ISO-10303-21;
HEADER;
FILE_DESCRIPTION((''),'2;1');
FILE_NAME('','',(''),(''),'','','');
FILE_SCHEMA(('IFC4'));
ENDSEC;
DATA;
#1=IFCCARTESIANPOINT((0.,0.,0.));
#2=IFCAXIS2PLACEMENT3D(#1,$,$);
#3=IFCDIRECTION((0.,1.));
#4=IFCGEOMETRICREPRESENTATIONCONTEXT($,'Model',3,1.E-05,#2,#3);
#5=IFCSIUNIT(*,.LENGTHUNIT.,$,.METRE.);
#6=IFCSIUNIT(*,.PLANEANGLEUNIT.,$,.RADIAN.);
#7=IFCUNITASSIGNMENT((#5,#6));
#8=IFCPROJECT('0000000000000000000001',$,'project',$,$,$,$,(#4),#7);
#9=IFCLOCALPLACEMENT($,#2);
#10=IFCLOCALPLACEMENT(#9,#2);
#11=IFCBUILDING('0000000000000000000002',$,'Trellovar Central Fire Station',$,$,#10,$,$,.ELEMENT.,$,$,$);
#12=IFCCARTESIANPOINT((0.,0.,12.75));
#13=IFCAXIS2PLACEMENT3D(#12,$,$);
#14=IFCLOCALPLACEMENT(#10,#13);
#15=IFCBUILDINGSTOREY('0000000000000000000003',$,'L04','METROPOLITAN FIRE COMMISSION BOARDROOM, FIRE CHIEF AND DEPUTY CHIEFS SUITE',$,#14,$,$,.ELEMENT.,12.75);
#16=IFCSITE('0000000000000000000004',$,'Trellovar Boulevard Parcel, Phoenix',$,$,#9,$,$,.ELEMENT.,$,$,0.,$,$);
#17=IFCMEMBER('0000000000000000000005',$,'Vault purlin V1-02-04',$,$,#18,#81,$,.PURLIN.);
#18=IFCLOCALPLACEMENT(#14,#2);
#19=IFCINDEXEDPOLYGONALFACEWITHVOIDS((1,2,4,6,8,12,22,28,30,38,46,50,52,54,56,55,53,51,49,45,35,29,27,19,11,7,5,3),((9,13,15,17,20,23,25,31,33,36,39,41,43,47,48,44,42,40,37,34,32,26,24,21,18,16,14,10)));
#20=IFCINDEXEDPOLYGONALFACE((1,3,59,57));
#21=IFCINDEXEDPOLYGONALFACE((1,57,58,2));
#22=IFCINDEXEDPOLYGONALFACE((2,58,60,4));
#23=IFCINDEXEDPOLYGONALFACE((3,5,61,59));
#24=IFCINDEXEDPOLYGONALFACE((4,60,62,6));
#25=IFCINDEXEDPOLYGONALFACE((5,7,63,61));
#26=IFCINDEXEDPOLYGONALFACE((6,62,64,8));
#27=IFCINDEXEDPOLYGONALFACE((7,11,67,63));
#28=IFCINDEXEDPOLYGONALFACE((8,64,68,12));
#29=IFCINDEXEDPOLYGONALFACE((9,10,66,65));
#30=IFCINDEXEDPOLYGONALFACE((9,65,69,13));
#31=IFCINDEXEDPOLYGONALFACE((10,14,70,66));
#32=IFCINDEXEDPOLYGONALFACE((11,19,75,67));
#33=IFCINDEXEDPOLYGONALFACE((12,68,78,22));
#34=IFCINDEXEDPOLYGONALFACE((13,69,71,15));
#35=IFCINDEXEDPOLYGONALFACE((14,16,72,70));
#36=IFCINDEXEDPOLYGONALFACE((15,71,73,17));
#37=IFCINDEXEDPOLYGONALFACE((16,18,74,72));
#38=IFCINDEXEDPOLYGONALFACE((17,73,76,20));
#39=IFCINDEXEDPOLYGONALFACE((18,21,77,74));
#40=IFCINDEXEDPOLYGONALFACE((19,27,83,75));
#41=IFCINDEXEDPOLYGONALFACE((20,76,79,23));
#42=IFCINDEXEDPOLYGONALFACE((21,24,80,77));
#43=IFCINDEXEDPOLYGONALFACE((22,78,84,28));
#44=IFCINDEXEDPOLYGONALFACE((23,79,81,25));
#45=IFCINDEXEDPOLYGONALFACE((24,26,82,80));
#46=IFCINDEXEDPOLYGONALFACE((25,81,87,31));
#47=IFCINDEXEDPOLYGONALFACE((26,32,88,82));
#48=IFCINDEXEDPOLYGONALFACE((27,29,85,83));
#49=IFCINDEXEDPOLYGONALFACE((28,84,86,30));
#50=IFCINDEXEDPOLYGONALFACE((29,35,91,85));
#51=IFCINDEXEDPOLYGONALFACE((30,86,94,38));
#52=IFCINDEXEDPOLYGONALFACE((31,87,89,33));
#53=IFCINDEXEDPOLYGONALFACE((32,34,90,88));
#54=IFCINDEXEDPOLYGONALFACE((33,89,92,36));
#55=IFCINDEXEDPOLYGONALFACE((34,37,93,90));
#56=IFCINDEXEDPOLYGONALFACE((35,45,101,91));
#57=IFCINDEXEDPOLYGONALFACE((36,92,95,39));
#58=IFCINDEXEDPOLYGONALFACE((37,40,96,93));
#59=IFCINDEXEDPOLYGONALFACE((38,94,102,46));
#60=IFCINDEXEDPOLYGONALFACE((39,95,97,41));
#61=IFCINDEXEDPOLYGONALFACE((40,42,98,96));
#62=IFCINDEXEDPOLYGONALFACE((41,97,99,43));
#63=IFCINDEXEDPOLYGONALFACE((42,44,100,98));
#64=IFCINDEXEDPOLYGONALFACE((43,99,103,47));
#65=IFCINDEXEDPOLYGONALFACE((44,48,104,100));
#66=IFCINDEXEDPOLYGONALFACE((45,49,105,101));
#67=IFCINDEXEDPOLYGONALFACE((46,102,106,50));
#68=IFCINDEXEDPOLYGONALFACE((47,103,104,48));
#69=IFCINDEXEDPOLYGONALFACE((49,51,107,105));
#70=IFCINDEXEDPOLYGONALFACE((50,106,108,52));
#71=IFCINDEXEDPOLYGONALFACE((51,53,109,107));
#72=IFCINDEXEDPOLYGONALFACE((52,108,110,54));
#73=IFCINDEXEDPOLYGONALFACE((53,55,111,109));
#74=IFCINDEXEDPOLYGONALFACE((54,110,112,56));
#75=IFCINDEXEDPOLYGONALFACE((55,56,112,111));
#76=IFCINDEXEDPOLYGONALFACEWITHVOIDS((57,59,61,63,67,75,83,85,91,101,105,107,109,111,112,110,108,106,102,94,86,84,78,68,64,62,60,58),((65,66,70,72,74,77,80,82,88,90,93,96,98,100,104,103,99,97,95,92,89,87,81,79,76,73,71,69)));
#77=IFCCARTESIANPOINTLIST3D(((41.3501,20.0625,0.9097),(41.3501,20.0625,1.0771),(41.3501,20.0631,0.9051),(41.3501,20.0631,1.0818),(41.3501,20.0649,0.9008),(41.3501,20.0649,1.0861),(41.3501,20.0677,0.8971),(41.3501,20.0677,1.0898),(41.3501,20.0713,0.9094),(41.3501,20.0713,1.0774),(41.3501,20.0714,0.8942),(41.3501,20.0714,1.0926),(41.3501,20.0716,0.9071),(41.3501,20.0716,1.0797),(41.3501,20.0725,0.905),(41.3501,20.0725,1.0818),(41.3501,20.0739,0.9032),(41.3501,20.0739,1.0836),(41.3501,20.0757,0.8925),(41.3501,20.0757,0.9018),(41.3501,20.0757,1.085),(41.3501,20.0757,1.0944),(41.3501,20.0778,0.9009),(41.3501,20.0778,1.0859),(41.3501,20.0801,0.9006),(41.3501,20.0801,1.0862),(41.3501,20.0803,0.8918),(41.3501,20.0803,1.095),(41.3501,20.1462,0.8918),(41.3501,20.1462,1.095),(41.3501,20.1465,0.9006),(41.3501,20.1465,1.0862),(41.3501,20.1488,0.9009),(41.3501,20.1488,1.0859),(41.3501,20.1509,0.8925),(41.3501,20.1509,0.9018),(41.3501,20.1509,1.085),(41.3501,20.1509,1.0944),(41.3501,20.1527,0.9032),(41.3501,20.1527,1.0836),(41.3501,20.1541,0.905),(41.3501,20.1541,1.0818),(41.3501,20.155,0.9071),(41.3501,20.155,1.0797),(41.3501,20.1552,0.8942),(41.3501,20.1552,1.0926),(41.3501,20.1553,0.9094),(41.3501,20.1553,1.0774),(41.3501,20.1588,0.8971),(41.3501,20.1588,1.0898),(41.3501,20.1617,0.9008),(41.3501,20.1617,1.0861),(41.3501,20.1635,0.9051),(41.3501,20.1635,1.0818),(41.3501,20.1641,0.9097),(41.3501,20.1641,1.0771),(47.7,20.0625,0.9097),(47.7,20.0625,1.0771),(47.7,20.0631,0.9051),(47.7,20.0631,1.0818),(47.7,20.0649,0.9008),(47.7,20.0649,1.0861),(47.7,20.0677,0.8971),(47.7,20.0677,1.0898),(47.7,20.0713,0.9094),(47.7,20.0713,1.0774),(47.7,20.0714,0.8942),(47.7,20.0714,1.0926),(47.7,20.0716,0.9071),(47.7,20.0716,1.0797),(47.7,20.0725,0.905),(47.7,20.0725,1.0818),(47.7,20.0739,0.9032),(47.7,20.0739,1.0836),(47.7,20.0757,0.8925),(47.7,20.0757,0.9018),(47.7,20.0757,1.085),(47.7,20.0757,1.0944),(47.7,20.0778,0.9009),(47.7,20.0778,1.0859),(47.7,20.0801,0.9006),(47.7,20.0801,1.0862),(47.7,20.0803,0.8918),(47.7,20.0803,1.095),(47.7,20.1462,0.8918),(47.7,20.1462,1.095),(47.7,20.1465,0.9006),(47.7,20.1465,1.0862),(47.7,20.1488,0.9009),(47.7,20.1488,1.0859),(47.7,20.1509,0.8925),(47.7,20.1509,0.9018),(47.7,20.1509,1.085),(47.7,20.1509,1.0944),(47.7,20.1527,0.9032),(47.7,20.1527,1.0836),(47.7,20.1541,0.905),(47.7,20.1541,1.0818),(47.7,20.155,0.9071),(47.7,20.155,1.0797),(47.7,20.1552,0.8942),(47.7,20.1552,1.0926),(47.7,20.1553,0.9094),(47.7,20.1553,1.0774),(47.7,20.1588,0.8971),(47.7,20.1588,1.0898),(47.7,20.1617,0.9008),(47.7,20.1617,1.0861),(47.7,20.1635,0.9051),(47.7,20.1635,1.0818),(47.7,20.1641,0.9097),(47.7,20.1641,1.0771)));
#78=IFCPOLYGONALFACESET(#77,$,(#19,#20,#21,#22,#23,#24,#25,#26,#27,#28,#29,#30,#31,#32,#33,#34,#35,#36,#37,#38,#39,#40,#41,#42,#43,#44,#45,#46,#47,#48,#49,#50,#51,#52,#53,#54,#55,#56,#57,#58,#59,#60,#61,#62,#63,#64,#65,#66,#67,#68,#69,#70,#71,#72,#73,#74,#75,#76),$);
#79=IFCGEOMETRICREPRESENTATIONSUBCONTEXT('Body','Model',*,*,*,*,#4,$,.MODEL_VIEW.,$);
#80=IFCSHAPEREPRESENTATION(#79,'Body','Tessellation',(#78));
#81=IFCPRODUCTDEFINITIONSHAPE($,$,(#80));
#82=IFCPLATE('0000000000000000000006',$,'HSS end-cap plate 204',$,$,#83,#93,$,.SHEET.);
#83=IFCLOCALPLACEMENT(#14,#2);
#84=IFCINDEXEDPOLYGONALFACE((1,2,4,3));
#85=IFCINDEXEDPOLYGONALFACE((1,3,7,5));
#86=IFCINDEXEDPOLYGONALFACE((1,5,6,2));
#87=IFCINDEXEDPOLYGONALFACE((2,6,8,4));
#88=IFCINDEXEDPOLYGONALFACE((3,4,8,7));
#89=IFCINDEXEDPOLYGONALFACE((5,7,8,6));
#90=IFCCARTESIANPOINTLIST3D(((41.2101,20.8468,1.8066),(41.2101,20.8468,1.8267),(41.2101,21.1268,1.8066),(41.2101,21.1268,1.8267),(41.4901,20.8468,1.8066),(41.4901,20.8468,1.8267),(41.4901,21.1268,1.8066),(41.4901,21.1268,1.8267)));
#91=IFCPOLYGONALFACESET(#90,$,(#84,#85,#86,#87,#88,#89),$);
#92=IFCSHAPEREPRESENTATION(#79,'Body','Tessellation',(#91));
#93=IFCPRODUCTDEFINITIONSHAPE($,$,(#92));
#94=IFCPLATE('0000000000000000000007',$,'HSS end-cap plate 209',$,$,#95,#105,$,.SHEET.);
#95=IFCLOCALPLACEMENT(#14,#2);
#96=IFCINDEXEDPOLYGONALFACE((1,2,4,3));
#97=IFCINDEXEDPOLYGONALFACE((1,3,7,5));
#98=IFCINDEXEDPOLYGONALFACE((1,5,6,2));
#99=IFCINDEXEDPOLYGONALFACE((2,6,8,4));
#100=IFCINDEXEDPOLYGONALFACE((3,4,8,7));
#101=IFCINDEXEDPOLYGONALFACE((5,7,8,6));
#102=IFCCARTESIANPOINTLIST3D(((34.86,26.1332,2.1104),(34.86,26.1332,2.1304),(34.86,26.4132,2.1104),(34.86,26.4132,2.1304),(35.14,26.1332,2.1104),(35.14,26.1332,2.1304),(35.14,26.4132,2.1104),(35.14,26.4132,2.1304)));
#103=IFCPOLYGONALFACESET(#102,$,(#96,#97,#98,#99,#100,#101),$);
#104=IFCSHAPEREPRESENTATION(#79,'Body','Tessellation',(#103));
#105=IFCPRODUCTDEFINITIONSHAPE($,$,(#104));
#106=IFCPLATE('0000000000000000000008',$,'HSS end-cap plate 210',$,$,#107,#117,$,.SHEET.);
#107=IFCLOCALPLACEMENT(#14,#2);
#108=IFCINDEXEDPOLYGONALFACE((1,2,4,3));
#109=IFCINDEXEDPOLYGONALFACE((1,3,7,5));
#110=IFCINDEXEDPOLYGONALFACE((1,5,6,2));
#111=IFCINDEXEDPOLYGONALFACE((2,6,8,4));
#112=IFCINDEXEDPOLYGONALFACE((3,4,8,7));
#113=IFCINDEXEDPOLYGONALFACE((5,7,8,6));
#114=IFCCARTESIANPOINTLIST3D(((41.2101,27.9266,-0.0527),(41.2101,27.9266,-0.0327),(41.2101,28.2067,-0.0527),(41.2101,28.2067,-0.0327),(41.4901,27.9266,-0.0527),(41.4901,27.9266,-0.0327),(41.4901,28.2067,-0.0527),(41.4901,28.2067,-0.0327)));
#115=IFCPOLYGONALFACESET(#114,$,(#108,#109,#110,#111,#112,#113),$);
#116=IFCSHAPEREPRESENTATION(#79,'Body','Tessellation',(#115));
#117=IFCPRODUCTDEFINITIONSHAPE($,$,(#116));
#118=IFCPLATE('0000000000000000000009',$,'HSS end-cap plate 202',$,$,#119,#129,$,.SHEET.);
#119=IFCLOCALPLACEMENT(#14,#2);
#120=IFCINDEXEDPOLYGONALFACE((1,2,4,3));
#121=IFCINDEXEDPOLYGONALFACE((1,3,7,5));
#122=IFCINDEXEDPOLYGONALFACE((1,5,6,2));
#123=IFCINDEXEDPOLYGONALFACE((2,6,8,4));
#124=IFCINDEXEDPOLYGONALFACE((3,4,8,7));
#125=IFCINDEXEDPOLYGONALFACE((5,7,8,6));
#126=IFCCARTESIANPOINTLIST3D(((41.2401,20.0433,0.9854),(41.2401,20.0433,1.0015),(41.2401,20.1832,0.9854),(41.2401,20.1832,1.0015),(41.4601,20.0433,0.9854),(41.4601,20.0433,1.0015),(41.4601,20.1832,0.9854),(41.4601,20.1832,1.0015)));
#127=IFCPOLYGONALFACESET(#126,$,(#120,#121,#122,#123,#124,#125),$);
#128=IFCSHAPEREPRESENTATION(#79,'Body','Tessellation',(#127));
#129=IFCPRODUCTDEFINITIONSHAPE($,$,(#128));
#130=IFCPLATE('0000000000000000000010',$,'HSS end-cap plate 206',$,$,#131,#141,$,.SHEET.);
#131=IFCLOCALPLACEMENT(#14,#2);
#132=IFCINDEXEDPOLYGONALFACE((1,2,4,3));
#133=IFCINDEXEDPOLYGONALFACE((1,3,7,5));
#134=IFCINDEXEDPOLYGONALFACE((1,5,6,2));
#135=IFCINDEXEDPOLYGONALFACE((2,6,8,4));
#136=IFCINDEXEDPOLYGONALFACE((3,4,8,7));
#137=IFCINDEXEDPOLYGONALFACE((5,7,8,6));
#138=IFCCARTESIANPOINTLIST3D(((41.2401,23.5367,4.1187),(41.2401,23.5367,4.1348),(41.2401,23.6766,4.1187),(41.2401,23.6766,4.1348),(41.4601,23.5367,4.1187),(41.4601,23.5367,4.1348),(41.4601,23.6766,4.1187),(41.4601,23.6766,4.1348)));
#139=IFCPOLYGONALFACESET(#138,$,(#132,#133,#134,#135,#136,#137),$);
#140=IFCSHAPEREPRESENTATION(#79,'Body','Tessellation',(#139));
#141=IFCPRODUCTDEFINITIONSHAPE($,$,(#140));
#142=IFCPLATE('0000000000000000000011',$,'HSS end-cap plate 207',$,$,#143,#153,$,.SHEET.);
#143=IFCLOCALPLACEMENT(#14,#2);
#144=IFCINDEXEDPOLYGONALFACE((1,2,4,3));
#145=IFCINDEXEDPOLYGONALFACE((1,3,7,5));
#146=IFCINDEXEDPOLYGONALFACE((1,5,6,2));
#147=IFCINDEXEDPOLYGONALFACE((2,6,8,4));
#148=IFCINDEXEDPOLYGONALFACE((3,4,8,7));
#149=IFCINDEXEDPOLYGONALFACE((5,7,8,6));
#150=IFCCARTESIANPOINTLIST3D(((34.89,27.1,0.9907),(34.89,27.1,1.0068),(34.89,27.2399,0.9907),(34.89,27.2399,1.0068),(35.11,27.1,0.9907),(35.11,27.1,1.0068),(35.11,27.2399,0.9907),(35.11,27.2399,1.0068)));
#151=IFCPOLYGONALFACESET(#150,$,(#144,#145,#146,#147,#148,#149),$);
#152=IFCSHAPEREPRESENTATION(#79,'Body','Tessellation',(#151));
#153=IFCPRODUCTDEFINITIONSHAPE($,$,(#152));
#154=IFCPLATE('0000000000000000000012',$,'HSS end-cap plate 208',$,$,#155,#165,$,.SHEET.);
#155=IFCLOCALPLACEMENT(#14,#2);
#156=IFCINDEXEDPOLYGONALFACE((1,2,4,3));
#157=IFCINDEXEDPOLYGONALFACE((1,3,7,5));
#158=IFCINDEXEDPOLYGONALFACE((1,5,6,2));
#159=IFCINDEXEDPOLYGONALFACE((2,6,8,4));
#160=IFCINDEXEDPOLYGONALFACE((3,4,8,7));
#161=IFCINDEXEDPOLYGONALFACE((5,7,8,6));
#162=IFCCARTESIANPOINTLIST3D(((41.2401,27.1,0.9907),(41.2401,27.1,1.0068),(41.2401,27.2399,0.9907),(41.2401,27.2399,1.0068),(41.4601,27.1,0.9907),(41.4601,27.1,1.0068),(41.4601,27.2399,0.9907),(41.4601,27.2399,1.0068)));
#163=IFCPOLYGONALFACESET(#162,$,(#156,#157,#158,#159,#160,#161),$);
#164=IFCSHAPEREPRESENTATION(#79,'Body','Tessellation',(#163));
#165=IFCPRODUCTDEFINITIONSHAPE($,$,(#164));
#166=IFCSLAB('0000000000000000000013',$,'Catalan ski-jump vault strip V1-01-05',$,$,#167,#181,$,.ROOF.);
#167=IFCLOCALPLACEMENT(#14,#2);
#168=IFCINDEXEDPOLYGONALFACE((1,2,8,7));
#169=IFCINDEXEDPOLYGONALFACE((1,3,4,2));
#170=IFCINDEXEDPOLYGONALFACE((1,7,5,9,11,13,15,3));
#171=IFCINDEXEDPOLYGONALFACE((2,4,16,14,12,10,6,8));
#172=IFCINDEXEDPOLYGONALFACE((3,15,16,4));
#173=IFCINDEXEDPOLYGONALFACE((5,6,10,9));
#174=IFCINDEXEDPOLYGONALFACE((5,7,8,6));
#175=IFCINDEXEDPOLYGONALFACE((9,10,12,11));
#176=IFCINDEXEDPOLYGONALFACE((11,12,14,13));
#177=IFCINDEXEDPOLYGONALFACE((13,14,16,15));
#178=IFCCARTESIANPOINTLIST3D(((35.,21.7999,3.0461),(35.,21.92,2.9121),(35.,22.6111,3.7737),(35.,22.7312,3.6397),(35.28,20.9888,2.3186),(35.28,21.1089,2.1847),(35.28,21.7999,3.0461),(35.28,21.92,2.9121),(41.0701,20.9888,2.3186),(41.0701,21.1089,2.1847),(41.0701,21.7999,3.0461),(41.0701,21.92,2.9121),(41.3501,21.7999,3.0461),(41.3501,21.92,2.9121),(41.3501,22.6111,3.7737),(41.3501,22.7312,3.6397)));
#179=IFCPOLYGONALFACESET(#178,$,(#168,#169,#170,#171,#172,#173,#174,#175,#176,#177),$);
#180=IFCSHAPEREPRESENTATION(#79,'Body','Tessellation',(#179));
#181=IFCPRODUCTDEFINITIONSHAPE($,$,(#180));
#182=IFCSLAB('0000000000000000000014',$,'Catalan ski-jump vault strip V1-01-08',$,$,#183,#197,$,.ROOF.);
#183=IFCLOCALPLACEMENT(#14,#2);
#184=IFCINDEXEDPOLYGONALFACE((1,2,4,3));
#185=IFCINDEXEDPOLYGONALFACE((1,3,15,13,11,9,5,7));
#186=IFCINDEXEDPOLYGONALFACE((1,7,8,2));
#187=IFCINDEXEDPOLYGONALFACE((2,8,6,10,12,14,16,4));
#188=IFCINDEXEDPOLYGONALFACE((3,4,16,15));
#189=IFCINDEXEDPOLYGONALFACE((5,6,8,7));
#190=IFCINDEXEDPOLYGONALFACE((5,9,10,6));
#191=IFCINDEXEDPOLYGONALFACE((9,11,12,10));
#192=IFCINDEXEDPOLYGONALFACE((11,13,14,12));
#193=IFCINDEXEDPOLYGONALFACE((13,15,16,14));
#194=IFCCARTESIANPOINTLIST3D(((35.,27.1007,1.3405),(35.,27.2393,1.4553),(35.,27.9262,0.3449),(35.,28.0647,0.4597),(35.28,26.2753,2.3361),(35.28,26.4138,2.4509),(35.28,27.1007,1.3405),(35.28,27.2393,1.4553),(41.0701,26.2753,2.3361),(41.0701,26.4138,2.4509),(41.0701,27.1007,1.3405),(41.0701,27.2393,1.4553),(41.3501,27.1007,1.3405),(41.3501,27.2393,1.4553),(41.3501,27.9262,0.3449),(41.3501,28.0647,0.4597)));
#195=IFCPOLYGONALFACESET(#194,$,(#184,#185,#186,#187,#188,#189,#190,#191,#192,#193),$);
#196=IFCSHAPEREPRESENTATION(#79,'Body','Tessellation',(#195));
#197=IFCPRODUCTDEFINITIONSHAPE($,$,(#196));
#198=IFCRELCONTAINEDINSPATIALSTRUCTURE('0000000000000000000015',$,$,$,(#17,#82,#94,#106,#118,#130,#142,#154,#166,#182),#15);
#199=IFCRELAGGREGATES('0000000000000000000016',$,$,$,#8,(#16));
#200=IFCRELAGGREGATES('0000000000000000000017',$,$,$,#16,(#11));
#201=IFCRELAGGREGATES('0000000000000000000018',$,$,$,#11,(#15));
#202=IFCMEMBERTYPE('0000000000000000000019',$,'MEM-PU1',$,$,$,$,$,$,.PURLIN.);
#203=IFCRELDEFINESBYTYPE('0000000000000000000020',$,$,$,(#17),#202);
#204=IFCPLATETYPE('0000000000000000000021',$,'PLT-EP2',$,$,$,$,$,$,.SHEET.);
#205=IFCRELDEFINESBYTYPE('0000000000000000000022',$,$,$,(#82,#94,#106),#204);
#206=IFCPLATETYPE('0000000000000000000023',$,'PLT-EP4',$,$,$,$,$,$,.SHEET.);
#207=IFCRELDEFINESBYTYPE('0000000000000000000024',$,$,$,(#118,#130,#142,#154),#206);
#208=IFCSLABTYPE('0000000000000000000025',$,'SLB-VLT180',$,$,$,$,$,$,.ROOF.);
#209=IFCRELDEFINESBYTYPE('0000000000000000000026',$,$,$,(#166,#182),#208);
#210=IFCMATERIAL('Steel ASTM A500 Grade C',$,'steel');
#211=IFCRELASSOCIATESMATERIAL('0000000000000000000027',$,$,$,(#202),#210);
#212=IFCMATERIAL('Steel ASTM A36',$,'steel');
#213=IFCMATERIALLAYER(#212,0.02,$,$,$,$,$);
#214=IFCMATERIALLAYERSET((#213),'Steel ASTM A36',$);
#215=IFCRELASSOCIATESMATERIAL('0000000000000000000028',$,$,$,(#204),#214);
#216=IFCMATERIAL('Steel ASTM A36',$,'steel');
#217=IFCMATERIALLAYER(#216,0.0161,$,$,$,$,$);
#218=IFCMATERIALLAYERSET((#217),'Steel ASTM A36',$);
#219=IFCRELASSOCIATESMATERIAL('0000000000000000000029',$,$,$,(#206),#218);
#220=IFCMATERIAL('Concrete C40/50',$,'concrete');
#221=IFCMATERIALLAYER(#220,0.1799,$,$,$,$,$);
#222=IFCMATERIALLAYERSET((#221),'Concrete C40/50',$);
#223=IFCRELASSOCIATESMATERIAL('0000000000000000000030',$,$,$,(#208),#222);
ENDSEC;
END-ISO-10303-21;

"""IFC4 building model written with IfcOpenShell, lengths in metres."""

from ifc_helpers import new_model, si_unit, direction, frame, origin, origin_2d, place, context, subcontext, project, spatial, polyline, rectangle, hollow_rectangle, outline, extrude, material, layer, layer_set, material_profile, profile_set, type_object, element, save


model = new_model("IFC4")

# Units and contexts
model_context = context("Model", 3, precision=1e-05, world=origin(), true_north=direction((0.0, 1.0)))
body_context = subcontext(model_context, "Body", "Model", "MODEL_VIEW")
ifc_project = project(units=[si_unit("LENGTHUNIT", "METRE"), si_unit("PLANEANGLEUNIT", "RADIAN")], contexts=[model_context])

# Site, building, storey
site_placement = place(None, origin())
site = spatial("IfcSite", under=ifc_project, at=site_placement, Name="Trellovar Boulevard Parcel, Phoenix", CompositionType="ELEMENT", RefElevation=0.0)
building_placement = place(site_placement, origin())
building = spatial("IfcBuilding", under=site, at=building_placement, Name="Trellovar Central Fire Station", CompositionType="ELEMENT")
storey_placement = place(building_placement, frame((0.0, 0.0, 12.75)))
storey = spatial("IfcBuildingStorey", under=building, at=storey_placement, Name="L04", Description="METROPOLITAN FIRE COMMISSION BOARDROOM, FIRE CHIEF AND DEPUTY CHIEFS SUITE", CompositionType="ELEMENT", Elevation=12.75)

# Member
ifc_material_1 = material(Name="Steel ASTM A500 Grade C", Category="steel")
ifc_material_profile_1 = material_profile(ifc_material_1, hollow_rectangle(XDim=0.1016, YDim=0.2031, WallThickness=0.0088, InnerFilletRadius=0.0088, OuterFilletRadius=0.0178, at=origin_2d()), Name="HSS8X4X3/8")
ifc_profile_set_1 = profile_set([ifc_material_profile_1], Name="Steel ASTM A500 Grade C")
member_type_1 = type_object("IfcMemberType", Name="MEM-PU1", PredefinedType="PURLIN", material=ifc_profile_set_1)
member_1_placement = place(storey_placement, frame((41.3501, 20.1133, 0.9934), z_axis=(1.0, 0.0, 0.0), x_axis=(0.0, 1.0, 0.0)))
element("IfcMember", 1, at=member_1_placement, inside=storey, type_object=member_type_1, Name="Vault purlin V1-02-04", PredefinedType="PURLIN", context=body_context, shape_type="SweptSolid", body=[
    extrude(hollow_rectangle(XDim=0.1016, YDim=0.2031, WallThickness=0.0088, InnerFilletRadius=0.0088, OuterFilletRadius=0.0178, at=origin_2d()), origin(), (0.0, 0.0, 1.0), 6.3499),
])

# Plates
ifc_material_2 = material(Name="Steel ASTM A36", Category="steel")
ifc_layer_1 = layer(ifc_material_2, 0.02)
ifc_layer_set_1 = layer_set([ifc_layer_1], Name="Steel ASTM A36")
plate_type_1 = type_object("IfcPlateType", Name="PLT-EP2", PredefinedType="SHEET", material=ifc_layer_set_1)
for number, where, z_axis, x_axis, name in (
    (2, (41.3501, 20.9868, 1.8066), (0.0, 0.0, 1.0), (1.0, 0.0, 0.0), "HSS end-cap plate 204"),
    (3, (35.0, 26.2732, 2.1104), (0.0, 0.0, 1.0), (1.0, 0.0, 0.0), "HSS end-cap plate 209"),
    (4, (41.3501, 28.0667, -0.0527), (0.0, 0.0, 1.0), (1.0, 0.0, 0.0), "HSS end-cap plate 210"),
):
    element("IfcPlate", number, at=place(storey_placement, frame(where, z_axis=z_axis, x_axis=x_axis)), inside=storey, type_object=plate_type_1, Name=name, PredefinedType="SHEET", context=body_context, shape_type="SweptSolid", body=[
        extrude(rectangle(XDim=0.28, YDim=0.28, at=origin_2d()), origin(), (0.0, 0.0, 1.0), 0.02),
    ])
ifc_material_3 = material(Name="Steel ASTM A36", Category="steel")
ifc_layer_2 = layer(ifc_material_3, 0.0161)
ifc_layer_set_2 = layer_set([ifc_layer_2], Name="Steel ASTM A36")
plate_type_2 = type_object("IfcPlateType", Name="PLT-EP4", PredefinedType="SHEET", material=ifc_layer_set_2)
for number, where, z_axis, x_axis, name in (
    (5, (41.3501, 20.1133, 0.9854), (0.0, 0.0, 1.0), (1.0, 0.0, 0.0), "HSS end-cap plate 202"),
    (6, (41.3501, 23.6067, 4.1187), (0.0, 0.0, 1.0), (1.0, 0.0, 0.0), "HSS end-cap plate 206"),
    (7, (35.0, 27.1699, 0.9907), (0.0, 0.0, 1.0), (1.0, 0.0, 0.0), "HSS end-cap plate 207"),
    (8, (41.3501, 27.1699, 0.9907), (0.0, 0.0, 1.0), (1.0, 0.0, 0.0), "HSS end-cap plate 208"),
):
    element("IfcPlate", number, at=place(storey_placement, frame(where, z_axis=z_axis, x_axis=x_axis)), inside=storey, type_object=plate_type_2, Name=name, PredefinedType="SHEET", context=body_context, shape_type="SweptSolid", body=[
        extrude(rectangle(XDim=0.22, YDim=0.1399, at=origin_2d()), origin(), (0.0, 0.0, 1.0), 0.0161),
    ])

# Slabs
ifc_material_4 = material(Name="Concrete C40/50", Category="concrete")
ifc_layer_3 = layer(ifc_material_4, 0.1799)
ifc_layer_set_3 = layer_set([ifc_layer_3], Name="Concrete C40/50")
slab_type = type_object("IfcSlabType", Name="SLB-VLT180", PredefinedType="ROOF", material=ifc_layer_set_3)
slab_1_placement = place(storey_placement, frame((35.28, 20.9888, 2.3186), z_axis=(0.0, -0.667692, 0.744437), x_axis=(1.0, 0.0, 0.0)))
element("IfcSlab", 9, at=slab_1_placement, inside=storey, type_object=slab_type, Name="Catalan ski-jump vault strip V1-01-05", PredefinedType="ROOF", context=body_context, shape_type="SweptSolid", body=[
    extrude(outline(polyline([(0.0, 0.0), (5.79, 0.0), (5.79, 1.0895), (6.0701, 1.0895), (6.0701, 2.1793), (-0.28, 2.1793), (-0.28, 1.0895), (0.0, 1.0895), (0.0, 0.0)])), origin(), (0.0, 0.0, -1.0), 0.1799),
])
slab_2_placement = place(storey_placement, frame((35.28, 26.4138, 2.4509), z_axis=(0.0, 0.769828, 0.638251), x_axis=(1.0, 0.0, 0.0)))
element("IfcSlab", 10, at=slab_2_placement, inside=storey, type_object=slab_type, Name="Catalan ski-jump vault strip V1-01-08", PredefinedType="ROOF", context=body_context, shape_type="SweptSolid", body=[
    extrude(outline(polyline([(0.0, 0.0), (5.79, 0.0), (5.79, 1.2933), (6.0701, 1.2933), (6.0701, 2.5866), (-0.28, 2.5866), (-0.28, 1.2933), (0.0, 1.2933), (0.0, 0.0)])), origin(), (0.0, 0.0, -1.0), 0.1799),
])

save(model, "model.ifc")
